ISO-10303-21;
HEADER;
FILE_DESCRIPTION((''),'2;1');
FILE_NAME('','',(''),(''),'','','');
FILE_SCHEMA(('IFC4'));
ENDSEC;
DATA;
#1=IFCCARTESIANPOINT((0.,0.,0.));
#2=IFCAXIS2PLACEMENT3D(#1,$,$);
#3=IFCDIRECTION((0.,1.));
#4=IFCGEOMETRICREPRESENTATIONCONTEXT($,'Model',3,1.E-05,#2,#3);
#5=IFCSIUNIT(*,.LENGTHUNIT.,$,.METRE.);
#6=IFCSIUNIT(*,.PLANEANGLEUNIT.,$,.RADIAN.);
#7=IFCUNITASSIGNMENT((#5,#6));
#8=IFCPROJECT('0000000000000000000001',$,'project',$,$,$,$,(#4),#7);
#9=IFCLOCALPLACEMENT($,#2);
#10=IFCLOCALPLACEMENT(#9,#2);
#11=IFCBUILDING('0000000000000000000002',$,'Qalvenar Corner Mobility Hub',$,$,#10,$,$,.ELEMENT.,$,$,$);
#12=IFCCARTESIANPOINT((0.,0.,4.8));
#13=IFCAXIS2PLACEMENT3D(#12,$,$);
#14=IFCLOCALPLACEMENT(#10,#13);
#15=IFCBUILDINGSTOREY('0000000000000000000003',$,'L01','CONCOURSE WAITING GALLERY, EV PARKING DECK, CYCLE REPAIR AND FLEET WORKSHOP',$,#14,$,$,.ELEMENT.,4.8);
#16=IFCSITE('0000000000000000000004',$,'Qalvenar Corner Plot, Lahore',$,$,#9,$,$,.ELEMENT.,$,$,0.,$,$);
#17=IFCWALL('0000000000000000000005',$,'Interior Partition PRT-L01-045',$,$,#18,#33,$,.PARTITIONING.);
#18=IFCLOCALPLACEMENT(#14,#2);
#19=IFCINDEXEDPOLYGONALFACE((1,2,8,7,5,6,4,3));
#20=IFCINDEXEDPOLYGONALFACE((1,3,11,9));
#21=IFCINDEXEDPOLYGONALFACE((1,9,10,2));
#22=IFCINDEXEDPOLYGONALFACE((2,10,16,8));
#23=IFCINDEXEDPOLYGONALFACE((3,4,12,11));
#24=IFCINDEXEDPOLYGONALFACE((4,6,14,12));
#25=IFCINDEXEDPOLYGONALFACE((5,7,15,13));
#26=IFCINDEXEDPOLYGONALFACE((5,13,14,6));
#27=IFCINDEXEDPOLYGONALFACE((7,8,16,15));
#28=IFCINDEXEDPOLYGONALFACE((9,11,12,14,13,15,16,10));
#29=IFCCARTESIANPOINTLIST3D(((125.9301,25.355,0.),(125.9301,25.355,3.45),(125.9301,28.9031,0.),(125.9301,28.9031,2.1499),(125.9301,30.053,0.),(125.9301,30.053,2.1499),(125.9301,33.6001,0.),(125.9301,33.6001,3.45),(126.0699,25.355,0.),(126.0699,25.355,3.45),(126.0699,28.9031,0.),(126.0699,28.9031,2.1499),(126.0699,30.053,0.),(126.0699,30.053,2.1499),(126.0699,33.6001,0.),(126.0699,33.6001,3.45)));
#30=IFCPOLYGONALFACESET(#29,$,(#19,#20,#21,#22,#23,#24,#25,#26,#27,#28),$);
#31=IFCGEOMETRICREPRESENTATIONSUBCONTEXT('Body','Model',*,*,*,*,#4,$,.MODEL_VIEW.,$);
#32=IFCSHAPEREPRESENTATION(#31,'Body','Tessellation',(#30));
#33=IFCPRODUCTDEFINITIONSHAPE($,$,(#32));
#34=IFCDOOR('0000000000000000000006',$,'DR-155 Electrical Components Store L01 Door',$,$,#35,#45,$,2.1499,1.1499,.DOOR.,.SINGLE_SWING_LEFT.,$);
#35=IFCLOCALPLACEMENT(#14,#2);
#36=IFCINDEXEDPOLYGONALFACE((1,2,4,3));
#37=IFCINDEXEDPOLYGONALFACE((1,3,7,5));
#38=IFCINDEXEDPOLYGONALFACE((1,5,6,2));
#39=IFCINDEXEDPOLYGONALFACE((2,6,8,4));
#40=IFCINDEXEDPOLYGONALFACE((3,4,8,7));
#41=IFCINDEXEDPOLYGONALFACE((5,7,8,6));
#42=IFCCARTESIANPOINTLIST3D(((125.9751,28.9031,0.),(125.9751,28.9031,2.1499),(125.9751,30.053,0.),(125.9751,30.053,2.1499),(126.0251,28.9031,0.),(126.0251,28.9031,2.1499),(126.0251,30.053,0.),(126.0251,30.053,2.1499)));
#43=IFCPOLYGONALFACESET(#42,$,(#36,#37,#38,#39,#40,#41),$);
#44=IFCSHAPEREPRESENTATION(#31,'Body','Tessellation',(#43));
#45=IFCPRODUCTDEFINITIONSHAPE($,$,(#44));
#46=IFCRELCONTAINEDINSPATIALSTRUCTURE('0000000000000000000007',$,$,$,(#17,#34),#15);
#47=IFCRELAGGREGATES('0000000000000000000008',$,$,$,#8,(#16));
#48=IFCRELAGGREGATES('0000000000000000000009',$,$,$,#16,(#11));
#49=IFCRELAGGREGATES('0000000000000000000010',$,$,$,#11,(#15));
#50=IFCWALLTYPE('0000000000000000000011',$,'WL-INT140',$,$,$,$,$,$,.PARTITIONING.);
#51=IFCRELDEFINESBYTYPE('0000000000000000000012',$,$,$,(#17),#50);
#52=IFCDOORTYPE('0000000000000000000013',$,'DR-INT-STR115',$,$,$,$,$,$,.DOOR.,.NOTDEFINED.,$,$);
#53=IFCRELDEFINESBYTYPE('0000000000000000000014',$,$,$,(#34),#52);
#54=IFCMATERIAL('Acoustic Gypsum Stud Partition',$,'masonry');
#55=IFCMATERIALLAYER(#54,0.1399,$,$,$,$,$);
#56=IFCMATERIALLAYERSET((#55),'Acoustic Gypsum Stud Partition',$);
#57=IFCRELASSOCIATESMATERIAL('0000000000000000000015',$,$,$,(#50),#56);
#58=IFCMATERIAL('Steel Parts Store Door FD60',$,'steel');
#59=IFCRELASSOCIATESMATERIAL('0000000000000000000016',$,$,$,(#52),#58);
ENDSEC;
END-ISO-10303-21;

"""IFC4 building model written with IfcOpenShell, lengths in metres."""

from ifc_helpers import new_model, si_unit, direction, frame, frame_2d, origin, place, context, subcontext, project, spatial, rectangle, extrude, material, layer, layer_set, type_object, element, fill, save


model = new_model("IFC4")

# Units and contexts
model_context = context("Model", 3, precision=1e-05, world=origin(), true_north=direction((0.0, 1.0)))
body_context = subcontext(model_context, "Body", "Model", "MODEL_VIEW")
ifc_project = project(units=[si_unit("LENGTHUNIT", "METRE"), si_unit("PLANEANGLEUNIT", "RADIAN")], contexts=[model_context])

# Site, building, storey
site_placement = place(None, origin())
site = spatial("IfcSite", under=ifc_project, at=site_placement, Name="Qalvenar Corner Plot, Lahore", CompositionType="ELEMENT", RefElevation=0.0)
building_placement = place(site_placement, origin())
building = spatial("IfcBuilding", under=site, at=building_placement, Name="Qalvenar Corner Mobility Hub", CompositionType="ELEMENT")
storey_placement = place(building_placement, frame((0.0, 0.0, 4.8)))
storey = spatial("IfcBuildingStorey", under=building, at=storey_placement, Name="L01", Description="CONCOURSE WAITING GALLERY, EV PARKING DECK, CYCLE REPAIR AND FLEET WORKSHOP", CompositionType="ELEMENT", Elevation=4.8)

# Wall, opening, door
ifc_material_1 = material(Name="Acoustic Gypsum Stud Partition", Category="masonry")
ifc_layer_1 = layer(ifc_material_1, 0.1399)
ifc_layer_set_1 = layer_set([ifc_layer_1], Name="Acoustic Gypsum Stud Partition")
wall_type = type_object("IfcWallType", Name="WL-INT140", PredefinedType="PARTITIONING", material=ifc_layer_set_1)
wall_placement = place(storey_placement, frame((126.0, 25.355, 0.0), z_axis=(0.0, 0.0, 1.0), x_axis=(0.0, 1.0, 0.0)))
wall = element("IfcWall", 1, at=wall_placement, inside=storey, type_object=wall_type, Name="Interior Partition PRT-L01-045", PredefinedType="PARTITIONING", context=body_context, shape_type="SweptSolid", body=[
    extrude(rectangle(XDim=8.2451, YDim=0.1399, at=frame_2d((4.1226, 0.0))), origin(), (0.0, 0.0, 1.0), 3.45),
])
opening_placement = place(wall_placement, frame((3.5481, 0.0, 0.0)))
opening = element("IfcOpeningElement", 2, at=opening_placement, cuts=wall, PredefinedType="OPENING", context=body_context, shape_type="SweptSolid", body=[
    extrude(rectangle(XDim=1.1499, YDim=2.1499, at=frame_2d((0.575, 1.075))), frame((0.0, 0.0801, 0.0), z_axis=(0.0, -1.0, 0.0), x_axis=(1.0, 0.0, 0.0)), (0.0, 0.0, 1.0), 0.1599),
])
ifc_material_2 = material(Name="Steel Parts Store Door FD60", Category="steel")
door_type = type_object("IfcDoorType", Name="DR-INT-STR115", OperationType="NOTDEFINED", PredefinedType="DOOR", material=ifc_material_2)
door_placement = place(opening_placement, origin())
door = element("IfcDoor", 3, at=door_placement, inside=storey, type_object=door_type, Name="DR-155 Electrical Components Store L01 Door", OperationType="SINGLE_SWING_LEFT", OverallHeight=2.1499, OverallWidth=1.1499, PredefinedType="DOOR", context=body_context, shape_type="SweptSolid", body=[
    extrude(rectangle(XDim=1.1499, YDim=2.1499, at=frame_2d((0.575, 1.075))), frame((0.0, 0.0249, 0.0), z_axis=(0.0, -1.0, 0.0), x_axis=(1.0, 0.0, 0.0)), (0.0, 0.0, 1.0), 0.05),
])
fill(opening, door)

save(model, "model.ifc")
